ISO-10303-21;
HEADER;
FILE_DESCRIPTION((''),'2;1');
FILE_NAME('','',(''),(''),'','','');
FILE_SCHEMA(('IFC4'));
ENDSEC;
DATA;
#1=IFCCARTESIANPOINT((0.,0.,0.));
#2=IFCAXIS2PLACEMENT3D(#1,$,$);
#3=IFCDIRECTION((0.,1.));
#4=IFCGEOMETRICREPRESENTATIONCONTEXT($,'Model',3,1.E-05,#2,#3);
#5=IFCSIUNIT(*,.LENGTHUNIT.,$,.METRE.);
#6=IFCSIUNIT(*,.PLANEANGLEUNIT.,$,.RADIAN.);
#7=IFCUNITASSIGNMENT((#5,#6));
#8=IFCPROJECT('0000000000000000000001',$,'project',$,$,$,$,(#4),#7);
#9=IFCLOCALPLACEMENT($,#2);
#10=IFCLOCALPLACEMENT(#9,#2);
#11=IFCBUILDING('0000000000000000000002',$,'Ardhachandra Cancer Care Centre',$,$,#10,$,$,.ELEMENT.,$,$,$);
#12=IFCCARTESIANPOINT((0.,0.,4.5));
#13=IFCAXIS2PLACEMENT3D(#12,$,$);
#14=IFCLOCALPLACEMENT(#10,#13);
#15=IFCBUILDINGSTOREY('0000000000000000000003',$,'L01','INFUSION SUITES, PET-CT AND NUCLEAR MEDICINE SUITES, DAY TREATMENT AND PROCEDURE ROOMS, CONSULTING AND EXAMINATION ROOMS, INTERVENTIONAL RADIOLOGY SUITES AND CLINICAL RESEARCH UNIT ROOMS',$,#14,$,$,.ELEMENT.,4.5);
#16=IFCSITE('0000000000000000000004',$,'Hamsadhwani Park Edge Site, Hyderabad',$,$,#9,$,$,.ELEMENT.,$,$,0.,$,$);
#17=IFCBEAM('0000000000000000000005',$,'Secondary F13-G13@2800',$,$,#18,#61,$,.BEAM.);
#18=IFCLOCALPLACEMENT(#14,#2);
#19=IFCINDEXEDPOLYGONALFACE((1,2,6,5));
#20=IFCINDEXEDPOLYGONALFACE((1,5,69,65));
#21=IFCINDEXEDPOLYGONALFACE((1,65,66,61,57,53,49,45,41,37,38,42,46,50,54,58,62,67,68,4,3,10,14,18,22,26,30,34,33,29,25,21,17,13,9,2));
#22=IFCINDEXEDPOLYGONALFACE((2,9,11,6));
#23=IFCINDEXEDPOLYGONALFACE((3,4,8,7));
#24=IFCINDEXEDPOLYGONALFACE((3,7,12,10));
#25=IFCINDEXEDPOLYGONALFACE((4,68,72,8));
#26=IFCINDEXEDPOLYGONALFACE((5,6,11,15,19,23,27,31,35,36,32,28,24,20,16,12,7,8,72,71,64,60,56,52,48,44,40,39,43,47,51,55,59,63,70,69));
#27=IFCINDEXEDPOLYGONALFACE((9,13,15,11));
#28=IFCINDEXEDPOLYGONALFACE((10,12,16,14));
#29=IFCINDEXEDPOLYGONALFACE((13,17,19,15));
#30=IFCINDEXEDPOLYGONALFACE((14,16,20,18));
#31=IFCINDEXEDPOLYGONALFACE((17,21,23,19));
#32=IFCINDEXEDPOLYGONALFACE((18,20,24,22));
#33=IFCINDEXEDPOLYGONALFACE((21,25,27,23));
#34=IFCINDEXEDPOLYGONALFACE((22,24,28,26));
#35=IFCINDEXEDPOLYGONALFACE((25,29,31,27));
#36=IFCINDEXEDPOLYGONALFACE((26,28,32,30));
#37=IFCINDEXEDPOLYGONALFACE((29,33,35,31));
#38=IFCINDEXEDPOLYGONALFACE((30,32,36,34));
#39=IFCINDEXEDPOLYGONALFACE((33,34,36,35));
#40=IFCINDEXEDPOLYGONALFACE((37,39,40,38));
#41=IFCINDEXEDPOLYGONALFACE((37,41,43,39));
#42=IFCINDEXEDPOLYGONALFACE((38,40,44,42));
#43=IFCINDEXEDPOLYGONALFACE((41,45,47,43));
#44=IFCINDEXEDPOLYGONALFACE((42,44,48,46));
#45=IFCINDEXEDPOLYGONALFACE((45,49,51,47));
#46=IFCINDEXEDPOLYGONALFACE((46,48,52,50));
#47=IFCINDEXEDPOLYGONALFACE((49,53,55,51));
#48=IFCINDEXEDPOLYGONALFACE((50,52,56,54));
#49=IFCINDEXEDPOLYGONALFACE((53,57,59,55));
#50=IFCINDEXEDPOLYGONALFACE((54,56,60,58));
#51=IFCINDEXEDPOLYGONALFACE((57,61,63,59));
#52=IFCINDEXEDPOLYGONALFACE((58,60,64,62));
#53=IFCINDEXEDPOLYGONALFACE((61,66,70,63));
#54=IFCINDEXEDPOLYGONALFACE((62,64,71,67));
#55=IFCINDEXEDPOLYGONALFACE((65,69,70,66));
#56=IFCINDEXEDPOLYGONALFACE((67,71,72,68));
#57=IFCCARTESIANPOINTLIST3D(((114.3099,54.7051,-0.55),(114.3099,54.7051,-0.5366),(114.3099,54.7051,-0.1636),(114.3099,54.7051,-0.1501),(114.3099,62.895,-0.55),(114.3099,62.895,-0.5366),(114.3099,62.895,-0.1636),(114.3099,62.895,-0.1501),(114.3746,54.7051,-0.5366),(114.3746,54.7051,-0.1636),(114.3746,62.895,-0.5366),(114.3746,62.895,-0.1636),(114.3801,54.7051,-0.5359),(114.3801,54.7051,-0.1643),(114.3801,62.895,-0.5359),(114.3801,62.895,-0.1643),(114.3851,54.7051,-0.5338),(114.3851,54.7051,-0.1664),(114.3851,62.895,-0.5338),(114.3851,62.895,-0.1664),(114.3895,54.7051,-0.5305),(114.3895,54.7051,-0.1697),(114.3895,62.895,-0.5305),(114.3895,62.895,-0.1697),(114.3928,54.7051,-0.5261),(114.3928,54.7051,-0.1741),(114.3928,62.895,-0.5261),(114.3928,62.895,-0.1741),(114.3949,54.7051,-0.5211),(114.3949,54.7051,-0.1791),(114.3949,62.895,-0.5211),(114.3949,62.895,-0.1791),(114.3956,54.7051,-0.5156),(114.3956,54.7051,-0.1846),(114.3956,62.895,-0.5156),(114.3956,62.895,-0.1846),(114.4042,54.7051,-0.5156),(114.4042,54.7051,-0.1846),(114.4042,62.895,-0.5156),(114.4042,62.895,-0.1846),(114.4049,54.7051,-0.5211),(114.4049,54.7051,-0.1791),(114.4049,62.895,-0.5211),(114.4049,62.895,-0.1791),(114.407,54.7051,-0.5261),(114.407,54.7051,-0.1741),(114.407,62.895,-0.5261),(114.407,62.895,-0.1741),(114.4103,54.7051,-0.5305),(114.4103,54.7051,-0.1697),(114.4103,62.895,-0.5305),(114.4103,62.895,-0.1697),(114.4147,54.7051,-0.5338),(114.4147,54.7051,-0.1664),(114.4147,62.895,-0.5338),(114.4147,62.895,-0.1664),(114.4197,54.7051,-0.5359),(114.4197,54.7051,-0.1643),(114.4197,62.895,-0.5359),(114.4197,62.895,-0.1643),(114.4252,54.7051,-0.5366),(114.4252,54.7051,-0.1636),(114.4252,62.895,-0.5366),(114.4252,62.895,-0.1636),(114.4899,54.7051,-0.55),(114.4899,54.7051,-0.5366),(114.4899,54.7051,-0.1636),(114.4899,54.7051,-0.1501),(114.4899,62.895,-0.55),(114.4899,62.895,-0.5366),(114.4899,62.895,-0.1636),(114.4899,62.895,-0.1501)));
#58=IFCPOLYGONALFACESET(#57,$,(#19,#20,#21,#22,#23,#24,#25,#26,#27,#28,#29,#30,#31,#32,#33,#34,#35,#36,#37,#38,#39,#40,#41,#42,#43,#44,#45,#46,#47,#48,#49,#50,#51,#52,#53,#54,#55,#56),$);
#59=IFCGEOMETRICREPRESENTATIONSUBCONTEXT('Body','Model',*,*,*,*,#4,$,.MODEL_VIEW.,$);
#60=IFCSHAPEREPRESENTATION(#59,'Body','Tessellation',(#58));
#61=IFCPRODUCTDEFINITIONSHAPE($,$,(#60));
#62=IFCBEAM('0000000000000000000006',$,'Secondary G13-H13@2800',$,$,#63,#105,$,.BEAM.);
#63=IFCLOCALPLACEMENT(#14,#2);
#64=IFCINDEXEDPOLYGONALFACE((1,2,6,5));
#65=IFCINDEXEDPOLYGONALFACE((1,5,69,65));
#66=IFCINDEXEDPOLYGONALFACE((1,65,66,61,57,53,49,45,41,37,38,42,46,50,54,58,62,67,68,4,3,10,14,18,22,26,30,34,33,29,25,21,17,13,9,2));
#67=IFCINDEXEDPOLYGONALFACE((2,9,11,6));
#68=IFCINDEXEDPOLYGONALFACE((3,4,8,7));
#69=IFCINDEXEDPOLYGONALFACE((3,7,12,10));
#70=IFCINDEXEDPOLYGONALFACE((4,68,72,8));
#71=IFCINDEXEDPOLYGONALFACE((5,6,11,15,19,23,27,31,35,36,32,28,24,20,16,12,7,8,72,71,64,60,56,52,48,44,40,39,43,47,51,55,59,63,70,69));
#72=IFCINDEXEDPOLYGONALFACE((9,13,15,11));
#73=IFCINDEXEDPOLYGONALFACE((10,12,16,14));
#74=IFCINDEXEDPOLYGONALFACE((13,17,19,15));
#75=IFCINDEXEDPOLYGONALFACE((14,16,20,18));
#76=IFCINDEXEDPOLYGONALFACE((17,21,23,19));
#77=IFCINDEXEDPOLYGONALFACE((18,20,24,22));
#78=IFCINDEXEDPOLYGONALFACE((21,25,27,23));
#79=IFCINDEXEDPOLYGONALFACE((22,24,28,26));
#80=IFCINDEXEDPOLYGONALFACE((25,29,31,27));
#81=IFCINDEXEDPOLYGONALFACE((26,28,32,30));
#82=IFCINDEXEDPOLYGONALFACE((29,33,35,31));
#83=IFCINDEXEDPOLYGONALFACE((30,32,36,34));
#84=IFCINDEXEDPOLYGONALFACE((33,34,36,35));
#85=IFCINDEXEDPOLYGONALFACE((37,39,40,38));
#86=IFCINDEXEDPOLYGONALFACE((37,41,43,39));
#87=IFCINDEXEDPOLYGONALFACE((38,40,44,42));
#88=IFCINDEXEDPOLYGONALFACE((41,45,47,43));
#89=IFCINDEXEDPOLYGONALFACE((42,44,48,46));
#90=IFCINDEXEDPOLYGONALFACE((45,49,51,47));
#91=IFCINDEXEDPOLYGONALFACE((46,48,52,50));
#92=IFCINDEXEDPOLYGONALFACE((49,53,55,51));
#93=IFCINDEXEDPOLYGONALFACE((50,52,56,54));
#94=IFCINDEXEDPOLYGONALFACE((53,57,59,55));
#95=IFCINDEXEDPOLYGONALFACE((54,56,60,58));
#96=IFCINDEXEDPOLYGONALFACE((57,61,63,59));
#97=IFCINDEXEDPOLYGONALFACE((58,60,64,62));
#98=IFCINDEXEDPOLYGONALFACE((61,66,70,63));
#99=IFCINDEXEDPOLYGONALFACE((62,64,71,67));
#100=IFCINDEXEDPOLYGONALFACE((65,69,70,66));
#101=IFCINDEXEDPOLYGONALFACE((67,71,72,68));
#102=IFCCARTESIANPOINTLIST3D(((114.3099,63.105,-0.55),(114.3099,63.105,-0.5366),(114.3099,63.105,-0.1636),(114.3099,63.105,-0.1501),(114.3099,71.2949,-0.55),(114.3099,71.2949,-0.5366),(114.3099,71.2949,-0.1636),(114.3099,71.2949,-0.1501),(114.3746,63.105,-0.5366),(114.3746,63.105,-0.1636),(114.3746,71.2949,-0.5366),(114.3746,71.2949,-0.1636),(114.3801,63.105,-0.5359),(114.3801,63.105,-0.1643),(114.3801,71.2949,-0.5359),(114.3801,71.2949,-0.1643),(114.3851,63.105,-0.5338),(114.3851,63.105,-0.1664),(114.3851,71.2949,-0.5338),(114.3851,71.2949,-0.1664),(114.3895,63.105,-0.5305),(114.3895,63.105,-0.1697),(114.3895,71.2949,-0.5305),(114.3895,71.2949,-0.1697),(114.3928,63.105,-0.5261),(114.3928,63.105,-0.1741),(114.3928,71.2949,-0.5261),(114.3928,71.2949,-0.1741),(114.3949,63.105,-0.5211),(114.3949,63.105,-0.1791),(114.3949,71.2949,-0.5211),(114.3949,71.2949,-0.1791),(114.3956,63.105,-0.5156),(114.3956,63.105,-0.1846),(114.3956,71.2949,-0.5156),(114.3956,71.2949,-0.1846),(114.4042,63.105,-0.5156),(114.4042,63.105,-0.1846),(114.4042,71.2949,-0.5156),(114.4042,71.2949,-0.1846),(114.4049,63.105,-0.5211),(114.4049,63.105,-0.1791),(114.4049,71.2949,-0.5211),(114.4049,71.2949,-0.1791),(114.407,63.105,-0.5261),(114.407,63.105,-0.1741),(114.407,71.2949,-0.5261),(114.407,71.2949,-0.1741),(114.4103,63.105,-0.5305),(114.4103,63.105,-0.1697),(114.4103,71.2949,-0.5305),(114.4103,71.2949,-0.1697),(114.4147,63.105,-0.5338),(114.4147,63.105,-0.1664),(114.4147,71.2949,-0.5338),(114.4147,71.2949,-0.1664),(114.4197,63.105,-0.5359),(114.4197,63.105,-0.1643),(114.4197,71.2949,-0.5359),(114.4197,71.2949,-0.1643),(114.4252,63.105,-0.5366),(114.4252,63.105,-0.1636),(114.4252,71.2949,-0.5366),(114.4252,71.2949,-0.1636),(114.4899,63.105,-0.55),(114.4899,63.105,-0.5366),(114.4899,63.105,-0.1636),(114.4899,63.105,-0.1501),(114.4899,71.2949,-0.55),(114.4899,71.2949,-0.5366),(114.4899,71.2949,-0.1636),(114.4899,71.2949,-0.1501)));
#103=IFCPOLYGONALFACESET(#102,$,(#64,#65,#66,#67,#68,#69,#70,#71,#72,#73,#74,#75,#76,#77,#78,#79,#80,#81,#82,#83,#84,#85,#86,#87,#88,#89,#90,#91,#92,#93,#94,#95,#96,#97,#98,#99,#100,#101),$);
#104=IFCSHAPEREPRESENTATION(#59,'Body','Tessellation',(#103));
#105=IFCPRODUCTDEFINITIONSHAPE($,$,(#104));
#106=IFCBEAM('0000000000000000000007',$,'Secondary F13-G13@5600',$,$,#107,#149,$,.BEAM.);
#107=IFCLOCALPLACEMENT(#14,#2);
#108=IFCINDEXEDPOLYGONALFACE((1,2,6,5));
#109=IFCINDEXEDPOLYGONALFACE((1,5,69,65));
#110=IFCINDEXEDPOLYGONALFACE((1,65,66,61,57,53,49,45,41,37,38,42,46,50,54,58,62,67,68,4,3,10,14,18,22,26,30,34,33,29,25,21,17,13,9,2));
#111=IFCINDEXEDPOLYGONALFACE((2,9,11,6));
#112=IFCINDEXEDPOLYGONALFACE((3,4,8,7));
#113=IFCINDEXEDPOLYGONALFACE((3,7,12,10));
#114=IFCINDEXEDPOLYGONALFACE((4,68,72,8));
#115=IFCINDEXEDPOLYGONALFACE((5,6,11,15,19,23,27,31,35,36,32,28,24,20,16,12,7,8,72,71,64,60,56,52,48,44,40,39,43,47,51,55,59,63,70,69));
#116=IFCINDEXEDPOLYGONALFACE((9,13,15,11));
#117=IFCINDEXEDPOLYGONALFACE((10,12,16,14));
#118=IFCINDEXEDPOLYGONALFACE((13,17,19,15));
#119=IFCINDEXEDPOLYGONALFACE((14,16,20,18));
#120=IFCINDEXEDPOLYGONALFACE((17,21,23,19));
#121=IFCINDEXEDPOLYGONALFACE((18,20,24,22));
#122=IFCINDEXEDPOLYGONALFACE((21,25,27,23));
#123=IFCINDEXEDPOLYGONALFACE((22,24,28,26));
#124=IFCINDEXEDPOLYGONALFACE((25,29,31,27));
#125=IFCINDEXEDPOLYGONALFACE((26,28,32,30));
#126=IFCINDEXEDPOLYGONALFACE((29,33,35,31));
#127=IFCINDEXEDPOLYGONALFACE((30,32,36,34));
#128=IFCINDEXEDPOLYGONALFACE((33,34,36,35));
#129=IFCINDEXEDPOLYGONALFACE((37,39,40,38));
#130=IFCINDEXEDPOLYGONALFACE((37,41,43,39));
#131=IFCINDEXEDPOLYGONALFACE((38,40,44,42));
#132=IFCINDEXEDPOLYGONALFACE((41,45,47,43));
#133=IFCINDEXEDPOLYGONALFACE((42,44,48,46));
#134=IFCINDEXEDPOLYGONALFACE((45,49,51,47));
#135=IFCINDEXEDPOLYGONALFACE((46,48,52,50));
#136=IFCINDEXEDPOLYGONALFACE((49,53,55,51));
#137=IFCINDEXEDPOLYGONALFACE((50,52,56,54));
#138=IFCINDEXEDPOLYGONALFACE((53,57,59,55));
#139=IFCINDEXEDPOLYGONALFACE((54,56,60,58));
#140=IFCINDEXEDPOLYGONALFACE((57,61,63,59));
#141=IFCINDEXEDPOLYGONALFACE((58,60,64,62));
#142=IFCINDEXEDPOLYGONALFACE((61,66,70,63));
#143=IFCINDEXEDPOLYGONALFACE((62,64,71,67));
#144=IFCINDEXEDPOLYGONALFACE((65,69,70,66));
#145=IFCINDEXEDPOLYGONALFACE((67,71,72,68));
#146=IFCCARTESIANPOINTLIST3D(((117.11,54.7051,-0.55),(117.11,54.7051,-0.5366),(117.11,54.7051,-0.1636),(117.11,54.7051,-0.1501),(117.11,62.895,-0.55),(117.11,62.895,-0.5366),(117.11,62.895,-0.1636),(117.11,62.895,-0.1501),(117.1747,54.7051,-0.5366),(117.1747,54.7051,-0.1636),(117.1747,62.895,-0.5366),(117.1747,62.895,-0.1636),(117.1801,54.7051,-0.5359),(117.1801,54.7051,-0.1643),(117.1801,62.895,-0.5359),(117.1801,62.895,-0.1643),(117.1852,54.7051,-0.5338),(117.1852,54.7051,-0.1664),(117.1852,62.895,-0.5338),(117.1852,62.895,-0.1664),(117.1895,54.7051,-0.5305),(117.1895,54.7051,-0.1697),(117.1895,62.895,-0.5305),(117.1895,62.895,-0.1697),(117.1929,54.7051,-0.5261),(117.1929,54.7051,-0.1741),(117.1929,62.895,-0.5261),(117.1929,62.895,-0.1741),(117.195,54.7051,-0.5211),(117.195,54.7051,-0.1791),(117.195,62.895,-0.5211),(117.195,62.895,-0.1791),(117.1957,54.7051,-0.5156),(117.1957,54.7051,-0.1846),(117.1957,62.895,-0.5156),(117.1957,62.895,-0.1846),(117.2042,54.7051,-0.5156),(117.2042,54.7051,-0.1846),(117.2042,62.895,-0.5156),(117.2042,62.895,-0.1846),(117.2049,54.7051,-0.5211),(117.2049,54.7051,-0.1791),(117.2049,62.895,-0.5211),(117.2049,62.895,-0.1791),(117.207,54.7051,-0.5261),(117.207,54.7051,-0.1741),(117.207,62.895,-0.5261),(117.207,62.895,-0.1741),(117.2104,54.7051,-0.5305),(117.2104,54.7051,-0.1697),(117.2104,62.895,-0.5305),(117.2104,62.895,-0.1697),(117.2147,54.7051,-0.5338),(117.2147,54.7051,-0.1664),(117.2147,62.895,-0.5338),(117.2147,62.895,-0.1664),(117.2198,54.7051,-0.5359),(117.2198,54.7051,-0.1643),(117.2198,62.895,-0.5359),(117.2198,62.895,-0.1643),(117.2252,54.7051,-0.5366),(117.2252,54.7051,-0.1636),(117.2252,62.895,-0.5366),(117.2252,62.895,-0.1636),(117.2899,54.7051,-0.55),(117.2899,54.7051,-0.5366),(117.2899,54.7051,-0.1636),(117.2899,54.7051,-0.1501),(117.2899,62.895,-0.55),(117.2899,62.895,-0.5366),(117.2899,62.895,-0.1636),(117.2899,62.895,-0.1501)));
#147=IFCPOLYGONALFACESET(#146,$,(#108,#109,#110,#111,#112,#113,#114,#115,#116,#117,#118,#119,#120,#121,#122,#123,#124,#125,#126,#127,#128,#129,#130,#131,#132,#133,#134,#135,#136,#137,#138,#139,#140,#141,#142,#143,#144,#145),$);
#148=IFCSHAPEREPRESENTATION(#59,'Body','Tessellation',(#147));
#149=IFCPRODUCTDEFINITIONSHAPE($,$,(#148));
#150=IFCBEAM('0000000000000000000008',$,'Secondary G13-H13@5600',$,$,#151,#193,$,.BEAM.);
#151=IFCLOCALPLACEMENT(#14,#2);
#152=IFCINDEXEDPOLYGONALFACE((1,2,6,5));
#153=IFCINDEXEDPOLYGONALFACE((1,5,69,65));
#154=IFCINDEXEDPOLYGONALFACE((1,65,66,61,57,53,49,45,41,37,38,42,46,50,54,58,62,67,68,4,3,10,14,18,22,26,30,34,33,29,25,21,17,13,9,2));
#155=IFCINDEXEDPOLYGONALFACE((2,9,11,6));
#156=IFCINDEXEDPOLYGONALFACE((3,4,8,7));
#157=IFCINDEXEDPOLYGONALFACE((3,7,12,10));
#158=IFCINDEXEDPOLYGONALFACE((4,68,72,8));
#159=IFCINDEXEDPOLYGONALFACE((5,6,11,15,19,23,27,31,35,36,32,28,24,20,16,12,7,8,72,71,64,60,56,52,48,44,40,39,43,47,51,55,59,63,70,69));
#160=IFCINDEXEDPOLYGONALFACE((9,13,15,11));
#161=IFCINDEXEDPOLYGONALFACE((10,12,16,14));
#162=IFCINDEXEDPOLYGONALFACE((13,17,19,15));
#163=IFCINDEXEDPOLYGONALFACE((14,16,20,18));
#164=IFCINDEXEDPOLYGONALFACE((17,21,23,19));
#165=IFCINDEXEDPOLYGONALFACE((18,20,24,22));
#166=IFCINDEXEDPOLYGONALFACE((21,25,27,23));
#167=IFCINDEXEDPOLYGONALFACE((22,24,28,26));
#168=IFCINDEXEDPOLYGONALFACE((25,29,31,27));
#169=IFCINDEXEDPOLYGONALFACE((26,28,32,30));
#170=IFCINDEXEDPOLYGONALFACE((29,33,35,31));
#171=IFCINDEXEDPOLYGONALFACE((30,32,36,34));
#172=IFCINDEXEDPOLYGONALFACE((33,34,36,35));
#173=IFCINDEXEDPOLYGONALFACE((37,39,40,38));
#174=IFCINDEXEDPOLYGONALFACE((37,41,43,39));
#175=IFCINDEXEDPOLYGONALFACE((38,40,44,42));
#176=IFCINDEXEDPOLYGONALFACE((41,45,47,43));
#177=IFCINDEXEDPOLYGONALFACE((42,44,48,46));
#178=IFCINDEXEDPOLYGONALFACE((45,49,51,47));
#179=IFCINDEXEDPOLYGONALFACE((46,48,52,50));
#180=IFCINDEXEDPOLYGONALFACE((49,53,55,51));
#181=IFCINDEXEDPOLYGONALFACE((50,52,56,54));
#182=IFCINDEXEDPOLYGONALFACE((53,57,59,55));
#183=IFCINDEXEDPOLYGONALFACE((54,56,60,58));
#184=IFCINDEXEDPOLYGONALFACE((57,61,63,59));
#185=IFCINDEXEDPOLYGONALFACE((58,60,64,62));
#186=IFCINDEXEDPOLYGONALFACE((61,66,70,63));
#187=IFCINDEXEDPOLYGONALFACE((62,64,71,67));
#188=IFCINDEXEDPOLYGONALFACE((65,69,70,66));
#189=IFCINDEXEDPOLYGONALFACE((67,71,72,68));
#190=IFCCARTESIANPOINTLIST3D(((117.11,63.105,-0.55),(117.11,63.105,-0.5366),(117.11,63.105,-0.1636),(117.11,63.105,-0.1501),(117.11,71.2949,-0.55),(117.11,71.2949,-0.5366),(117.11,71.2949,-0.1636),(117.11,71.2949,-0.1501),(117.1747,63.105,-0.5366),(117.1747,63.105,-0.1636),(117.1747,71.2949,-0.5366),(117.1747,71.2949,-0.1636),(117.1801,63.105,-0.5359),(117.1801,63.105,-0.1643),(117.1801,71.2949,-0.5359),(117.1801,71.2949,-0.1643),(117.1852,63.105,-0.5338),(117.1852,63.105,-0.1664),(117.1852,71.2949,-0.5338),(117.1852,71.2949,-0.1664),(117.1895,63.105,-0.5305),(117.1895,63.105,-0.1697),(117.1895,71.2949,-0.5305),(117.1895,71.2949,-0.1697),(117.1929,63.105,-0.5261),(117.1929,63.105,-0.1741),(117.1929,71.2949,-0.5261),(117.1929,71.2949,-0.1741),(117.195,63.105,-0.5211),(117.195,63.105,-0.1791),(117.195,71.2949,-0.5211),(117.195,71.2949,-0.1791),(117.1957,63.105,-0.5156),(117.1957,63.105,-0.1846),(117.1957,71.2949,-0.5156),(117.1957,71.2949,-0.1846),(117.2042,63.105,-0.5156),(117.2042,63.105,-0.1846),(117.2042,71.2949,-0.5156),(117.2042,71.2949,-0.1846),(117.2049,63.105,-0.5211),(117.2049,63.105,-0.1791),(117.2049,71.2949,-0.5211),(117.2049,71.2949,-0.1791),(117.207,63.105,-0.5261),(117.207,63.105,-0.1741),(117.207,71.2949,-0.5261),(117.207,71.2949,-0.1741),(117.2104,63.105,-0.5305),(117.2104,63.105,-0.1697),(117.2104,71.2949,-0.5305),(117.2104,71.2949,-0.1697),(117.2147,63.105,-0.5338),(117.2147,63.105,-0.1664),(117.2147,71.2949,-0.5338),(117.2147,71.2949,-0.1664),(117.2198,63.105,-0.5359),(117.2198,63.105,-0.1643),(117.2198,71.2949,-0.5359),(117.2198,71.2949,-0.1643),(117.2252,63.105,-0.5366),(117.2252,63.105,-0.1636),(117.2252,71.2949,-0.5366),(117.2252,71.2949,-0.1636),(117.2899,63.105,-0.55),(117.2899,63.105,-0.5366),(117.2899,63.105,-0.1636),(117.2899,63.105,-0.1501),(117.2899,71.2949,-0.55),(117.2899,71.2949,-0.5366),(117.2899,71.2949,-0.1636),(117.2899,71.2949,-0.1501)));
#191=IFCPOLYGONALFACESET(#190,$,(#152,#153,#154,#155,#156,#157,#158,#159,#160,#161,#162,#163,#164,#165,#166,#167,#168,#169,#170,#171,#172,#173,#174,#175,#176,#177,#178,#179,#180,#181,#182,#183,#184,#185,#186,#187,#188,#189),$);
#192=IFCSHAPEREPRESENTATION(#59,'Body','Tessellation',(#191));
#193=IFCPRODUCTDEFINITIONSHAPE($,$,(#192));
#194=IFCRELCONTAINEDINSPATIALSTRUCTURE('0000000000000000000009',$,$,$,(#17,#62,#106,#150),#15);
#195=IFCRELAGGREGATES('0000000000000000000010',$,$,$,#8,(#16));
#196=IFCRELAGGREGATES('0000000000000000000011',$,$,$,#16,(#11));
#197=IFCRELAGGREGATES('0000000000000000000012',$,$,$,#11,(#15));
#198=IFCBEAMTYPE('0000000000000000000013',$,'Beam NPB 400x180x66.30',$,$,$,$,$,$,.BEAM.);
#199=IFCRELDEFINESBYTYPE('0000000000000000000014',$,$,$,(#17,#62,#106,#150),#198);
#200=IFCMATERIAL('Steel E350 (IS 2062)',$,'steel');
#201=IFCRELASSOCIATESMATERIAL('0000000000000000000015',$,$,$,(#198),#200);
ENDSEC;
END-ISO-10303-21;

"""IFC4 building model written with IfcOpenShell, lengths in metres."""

from ifc_helpers import new_model, si_unit, direction, frame, origin, origin_2d, place, context, subcontext, project, spatial, i_section, extrude, material, material_profile, profile_set, type_object, element, save


model = new_model("IFC4")

# Units and contexts
model_context = context("Model", 3, precision=1e-05, world=origin(), true_north=direction((0.0, 1.0)))
body_context = subcontext(model_context, "Body", "Model", "MODEL_VIEW")
ifc_project = project(units=[si_unit("LENGTHUNIT", "METRE"), si_unit("PLANEANGLEUNIT", "RADIAN")], contexts=[model_context])

# Site, building, storey
site_placement = place(None, origin())
site = spatial("IfcSite", under=ifc_project, at=site_placement, Name="Hamsadhwani Park Edge Site, Hyderabad", CompositionType="ELEMENT", RefElevation=0.0)
building_placement = place(site_placement, origin())
building = spatial("IfcBuilding", under=site, at=building_placement, Name="Ardhachandra Cancer Care Centre", CompositionType="ELEMENT")
storey_placement = place(building_placement, frame((0.0, 0.0, 4.5)))
storey = spatial("IfcBuildingStorey", under=building, at=storey_placement, Name="L01", Description="INFUSION SUITES, PET-CT AND NUCLEAR MEDICINE SUITES, DAY TREATMENT AND PROCEDURE ROOMS, CONSULTING AND EXAMINATION ROOMS, INTERVENTIONAL RADIOLOGY SUITES AND CLINICAL RESEARCH UNIT ROOMS", CompositionType="ELEMENT", Elevation=4.5)

# Beams
ifc_material_1 = material(Name="Steel E350 (IS 2062)", Category="steel")
ifc_material_profile_1 = material_profile(ifc_material_1, i_section(OverallWidth=0.1799, OverallDepth=0.3999, WebThickness=0.0085, FlangeThickness=0.0134, FilletRadius=0.021, at=origin_2d()), Name="NPB 400x180x66.30")
ifc_profile_set_1 = profile_set([ifc_material_profile_1], Name="Steel E350 (IS 2062)")
beam_type_1 = type_object("IfcBeamType", Name="Beam NPB 400x180x66.30", PredefinedType="BEAM", material=ifc_profile_set_1)
for number, where, z_axis, x_axis, name in (
    (1, (114.3999, 54.7051, -0.3501), (0.0, 1.0, 0.0), (-1.0, 0.0, 0.0), "Secondary F13-G13@2800"),
    (2, (114.3999, 63.105, -0.3501), (0.0, 1.0, 0.0), (-1.0, 0.0, 0.0), "Secondary G13-H13@2800"),
    (3, (117.2, 54.7051, -0.3501), (0.0, 1.0, 0.0), (-1.0, 0.0, 0.0), "Secondary F13-G13@5600"),
    (4, (117.2, 63.105, -0.3501), (0.0, 1.0, 0.0), (-1.0, 0.0, 0.0), "Secondary G13-H13@5600"),
):
    element("IfcBeam", number, at=place(storey_placement, frame(where, z_axis=z_axis, x_axis=x_axis)), inside=storey, type_object=beam_type_1, Name=name, PredefinedType="BEAM", context=body_context, shape_type="SweptSolid", body=[
        extrude(i_section(OverallWidth=0.1799, OverallDepth=0.3999, WebThickness=0.0085, FlangeThickness=0.0134, FilletRadius=0.021, at=origin_2d()), origin(), (0.0, 0.0, 1.0), 8.1899),
    ])

save(model, "model.ifc")
